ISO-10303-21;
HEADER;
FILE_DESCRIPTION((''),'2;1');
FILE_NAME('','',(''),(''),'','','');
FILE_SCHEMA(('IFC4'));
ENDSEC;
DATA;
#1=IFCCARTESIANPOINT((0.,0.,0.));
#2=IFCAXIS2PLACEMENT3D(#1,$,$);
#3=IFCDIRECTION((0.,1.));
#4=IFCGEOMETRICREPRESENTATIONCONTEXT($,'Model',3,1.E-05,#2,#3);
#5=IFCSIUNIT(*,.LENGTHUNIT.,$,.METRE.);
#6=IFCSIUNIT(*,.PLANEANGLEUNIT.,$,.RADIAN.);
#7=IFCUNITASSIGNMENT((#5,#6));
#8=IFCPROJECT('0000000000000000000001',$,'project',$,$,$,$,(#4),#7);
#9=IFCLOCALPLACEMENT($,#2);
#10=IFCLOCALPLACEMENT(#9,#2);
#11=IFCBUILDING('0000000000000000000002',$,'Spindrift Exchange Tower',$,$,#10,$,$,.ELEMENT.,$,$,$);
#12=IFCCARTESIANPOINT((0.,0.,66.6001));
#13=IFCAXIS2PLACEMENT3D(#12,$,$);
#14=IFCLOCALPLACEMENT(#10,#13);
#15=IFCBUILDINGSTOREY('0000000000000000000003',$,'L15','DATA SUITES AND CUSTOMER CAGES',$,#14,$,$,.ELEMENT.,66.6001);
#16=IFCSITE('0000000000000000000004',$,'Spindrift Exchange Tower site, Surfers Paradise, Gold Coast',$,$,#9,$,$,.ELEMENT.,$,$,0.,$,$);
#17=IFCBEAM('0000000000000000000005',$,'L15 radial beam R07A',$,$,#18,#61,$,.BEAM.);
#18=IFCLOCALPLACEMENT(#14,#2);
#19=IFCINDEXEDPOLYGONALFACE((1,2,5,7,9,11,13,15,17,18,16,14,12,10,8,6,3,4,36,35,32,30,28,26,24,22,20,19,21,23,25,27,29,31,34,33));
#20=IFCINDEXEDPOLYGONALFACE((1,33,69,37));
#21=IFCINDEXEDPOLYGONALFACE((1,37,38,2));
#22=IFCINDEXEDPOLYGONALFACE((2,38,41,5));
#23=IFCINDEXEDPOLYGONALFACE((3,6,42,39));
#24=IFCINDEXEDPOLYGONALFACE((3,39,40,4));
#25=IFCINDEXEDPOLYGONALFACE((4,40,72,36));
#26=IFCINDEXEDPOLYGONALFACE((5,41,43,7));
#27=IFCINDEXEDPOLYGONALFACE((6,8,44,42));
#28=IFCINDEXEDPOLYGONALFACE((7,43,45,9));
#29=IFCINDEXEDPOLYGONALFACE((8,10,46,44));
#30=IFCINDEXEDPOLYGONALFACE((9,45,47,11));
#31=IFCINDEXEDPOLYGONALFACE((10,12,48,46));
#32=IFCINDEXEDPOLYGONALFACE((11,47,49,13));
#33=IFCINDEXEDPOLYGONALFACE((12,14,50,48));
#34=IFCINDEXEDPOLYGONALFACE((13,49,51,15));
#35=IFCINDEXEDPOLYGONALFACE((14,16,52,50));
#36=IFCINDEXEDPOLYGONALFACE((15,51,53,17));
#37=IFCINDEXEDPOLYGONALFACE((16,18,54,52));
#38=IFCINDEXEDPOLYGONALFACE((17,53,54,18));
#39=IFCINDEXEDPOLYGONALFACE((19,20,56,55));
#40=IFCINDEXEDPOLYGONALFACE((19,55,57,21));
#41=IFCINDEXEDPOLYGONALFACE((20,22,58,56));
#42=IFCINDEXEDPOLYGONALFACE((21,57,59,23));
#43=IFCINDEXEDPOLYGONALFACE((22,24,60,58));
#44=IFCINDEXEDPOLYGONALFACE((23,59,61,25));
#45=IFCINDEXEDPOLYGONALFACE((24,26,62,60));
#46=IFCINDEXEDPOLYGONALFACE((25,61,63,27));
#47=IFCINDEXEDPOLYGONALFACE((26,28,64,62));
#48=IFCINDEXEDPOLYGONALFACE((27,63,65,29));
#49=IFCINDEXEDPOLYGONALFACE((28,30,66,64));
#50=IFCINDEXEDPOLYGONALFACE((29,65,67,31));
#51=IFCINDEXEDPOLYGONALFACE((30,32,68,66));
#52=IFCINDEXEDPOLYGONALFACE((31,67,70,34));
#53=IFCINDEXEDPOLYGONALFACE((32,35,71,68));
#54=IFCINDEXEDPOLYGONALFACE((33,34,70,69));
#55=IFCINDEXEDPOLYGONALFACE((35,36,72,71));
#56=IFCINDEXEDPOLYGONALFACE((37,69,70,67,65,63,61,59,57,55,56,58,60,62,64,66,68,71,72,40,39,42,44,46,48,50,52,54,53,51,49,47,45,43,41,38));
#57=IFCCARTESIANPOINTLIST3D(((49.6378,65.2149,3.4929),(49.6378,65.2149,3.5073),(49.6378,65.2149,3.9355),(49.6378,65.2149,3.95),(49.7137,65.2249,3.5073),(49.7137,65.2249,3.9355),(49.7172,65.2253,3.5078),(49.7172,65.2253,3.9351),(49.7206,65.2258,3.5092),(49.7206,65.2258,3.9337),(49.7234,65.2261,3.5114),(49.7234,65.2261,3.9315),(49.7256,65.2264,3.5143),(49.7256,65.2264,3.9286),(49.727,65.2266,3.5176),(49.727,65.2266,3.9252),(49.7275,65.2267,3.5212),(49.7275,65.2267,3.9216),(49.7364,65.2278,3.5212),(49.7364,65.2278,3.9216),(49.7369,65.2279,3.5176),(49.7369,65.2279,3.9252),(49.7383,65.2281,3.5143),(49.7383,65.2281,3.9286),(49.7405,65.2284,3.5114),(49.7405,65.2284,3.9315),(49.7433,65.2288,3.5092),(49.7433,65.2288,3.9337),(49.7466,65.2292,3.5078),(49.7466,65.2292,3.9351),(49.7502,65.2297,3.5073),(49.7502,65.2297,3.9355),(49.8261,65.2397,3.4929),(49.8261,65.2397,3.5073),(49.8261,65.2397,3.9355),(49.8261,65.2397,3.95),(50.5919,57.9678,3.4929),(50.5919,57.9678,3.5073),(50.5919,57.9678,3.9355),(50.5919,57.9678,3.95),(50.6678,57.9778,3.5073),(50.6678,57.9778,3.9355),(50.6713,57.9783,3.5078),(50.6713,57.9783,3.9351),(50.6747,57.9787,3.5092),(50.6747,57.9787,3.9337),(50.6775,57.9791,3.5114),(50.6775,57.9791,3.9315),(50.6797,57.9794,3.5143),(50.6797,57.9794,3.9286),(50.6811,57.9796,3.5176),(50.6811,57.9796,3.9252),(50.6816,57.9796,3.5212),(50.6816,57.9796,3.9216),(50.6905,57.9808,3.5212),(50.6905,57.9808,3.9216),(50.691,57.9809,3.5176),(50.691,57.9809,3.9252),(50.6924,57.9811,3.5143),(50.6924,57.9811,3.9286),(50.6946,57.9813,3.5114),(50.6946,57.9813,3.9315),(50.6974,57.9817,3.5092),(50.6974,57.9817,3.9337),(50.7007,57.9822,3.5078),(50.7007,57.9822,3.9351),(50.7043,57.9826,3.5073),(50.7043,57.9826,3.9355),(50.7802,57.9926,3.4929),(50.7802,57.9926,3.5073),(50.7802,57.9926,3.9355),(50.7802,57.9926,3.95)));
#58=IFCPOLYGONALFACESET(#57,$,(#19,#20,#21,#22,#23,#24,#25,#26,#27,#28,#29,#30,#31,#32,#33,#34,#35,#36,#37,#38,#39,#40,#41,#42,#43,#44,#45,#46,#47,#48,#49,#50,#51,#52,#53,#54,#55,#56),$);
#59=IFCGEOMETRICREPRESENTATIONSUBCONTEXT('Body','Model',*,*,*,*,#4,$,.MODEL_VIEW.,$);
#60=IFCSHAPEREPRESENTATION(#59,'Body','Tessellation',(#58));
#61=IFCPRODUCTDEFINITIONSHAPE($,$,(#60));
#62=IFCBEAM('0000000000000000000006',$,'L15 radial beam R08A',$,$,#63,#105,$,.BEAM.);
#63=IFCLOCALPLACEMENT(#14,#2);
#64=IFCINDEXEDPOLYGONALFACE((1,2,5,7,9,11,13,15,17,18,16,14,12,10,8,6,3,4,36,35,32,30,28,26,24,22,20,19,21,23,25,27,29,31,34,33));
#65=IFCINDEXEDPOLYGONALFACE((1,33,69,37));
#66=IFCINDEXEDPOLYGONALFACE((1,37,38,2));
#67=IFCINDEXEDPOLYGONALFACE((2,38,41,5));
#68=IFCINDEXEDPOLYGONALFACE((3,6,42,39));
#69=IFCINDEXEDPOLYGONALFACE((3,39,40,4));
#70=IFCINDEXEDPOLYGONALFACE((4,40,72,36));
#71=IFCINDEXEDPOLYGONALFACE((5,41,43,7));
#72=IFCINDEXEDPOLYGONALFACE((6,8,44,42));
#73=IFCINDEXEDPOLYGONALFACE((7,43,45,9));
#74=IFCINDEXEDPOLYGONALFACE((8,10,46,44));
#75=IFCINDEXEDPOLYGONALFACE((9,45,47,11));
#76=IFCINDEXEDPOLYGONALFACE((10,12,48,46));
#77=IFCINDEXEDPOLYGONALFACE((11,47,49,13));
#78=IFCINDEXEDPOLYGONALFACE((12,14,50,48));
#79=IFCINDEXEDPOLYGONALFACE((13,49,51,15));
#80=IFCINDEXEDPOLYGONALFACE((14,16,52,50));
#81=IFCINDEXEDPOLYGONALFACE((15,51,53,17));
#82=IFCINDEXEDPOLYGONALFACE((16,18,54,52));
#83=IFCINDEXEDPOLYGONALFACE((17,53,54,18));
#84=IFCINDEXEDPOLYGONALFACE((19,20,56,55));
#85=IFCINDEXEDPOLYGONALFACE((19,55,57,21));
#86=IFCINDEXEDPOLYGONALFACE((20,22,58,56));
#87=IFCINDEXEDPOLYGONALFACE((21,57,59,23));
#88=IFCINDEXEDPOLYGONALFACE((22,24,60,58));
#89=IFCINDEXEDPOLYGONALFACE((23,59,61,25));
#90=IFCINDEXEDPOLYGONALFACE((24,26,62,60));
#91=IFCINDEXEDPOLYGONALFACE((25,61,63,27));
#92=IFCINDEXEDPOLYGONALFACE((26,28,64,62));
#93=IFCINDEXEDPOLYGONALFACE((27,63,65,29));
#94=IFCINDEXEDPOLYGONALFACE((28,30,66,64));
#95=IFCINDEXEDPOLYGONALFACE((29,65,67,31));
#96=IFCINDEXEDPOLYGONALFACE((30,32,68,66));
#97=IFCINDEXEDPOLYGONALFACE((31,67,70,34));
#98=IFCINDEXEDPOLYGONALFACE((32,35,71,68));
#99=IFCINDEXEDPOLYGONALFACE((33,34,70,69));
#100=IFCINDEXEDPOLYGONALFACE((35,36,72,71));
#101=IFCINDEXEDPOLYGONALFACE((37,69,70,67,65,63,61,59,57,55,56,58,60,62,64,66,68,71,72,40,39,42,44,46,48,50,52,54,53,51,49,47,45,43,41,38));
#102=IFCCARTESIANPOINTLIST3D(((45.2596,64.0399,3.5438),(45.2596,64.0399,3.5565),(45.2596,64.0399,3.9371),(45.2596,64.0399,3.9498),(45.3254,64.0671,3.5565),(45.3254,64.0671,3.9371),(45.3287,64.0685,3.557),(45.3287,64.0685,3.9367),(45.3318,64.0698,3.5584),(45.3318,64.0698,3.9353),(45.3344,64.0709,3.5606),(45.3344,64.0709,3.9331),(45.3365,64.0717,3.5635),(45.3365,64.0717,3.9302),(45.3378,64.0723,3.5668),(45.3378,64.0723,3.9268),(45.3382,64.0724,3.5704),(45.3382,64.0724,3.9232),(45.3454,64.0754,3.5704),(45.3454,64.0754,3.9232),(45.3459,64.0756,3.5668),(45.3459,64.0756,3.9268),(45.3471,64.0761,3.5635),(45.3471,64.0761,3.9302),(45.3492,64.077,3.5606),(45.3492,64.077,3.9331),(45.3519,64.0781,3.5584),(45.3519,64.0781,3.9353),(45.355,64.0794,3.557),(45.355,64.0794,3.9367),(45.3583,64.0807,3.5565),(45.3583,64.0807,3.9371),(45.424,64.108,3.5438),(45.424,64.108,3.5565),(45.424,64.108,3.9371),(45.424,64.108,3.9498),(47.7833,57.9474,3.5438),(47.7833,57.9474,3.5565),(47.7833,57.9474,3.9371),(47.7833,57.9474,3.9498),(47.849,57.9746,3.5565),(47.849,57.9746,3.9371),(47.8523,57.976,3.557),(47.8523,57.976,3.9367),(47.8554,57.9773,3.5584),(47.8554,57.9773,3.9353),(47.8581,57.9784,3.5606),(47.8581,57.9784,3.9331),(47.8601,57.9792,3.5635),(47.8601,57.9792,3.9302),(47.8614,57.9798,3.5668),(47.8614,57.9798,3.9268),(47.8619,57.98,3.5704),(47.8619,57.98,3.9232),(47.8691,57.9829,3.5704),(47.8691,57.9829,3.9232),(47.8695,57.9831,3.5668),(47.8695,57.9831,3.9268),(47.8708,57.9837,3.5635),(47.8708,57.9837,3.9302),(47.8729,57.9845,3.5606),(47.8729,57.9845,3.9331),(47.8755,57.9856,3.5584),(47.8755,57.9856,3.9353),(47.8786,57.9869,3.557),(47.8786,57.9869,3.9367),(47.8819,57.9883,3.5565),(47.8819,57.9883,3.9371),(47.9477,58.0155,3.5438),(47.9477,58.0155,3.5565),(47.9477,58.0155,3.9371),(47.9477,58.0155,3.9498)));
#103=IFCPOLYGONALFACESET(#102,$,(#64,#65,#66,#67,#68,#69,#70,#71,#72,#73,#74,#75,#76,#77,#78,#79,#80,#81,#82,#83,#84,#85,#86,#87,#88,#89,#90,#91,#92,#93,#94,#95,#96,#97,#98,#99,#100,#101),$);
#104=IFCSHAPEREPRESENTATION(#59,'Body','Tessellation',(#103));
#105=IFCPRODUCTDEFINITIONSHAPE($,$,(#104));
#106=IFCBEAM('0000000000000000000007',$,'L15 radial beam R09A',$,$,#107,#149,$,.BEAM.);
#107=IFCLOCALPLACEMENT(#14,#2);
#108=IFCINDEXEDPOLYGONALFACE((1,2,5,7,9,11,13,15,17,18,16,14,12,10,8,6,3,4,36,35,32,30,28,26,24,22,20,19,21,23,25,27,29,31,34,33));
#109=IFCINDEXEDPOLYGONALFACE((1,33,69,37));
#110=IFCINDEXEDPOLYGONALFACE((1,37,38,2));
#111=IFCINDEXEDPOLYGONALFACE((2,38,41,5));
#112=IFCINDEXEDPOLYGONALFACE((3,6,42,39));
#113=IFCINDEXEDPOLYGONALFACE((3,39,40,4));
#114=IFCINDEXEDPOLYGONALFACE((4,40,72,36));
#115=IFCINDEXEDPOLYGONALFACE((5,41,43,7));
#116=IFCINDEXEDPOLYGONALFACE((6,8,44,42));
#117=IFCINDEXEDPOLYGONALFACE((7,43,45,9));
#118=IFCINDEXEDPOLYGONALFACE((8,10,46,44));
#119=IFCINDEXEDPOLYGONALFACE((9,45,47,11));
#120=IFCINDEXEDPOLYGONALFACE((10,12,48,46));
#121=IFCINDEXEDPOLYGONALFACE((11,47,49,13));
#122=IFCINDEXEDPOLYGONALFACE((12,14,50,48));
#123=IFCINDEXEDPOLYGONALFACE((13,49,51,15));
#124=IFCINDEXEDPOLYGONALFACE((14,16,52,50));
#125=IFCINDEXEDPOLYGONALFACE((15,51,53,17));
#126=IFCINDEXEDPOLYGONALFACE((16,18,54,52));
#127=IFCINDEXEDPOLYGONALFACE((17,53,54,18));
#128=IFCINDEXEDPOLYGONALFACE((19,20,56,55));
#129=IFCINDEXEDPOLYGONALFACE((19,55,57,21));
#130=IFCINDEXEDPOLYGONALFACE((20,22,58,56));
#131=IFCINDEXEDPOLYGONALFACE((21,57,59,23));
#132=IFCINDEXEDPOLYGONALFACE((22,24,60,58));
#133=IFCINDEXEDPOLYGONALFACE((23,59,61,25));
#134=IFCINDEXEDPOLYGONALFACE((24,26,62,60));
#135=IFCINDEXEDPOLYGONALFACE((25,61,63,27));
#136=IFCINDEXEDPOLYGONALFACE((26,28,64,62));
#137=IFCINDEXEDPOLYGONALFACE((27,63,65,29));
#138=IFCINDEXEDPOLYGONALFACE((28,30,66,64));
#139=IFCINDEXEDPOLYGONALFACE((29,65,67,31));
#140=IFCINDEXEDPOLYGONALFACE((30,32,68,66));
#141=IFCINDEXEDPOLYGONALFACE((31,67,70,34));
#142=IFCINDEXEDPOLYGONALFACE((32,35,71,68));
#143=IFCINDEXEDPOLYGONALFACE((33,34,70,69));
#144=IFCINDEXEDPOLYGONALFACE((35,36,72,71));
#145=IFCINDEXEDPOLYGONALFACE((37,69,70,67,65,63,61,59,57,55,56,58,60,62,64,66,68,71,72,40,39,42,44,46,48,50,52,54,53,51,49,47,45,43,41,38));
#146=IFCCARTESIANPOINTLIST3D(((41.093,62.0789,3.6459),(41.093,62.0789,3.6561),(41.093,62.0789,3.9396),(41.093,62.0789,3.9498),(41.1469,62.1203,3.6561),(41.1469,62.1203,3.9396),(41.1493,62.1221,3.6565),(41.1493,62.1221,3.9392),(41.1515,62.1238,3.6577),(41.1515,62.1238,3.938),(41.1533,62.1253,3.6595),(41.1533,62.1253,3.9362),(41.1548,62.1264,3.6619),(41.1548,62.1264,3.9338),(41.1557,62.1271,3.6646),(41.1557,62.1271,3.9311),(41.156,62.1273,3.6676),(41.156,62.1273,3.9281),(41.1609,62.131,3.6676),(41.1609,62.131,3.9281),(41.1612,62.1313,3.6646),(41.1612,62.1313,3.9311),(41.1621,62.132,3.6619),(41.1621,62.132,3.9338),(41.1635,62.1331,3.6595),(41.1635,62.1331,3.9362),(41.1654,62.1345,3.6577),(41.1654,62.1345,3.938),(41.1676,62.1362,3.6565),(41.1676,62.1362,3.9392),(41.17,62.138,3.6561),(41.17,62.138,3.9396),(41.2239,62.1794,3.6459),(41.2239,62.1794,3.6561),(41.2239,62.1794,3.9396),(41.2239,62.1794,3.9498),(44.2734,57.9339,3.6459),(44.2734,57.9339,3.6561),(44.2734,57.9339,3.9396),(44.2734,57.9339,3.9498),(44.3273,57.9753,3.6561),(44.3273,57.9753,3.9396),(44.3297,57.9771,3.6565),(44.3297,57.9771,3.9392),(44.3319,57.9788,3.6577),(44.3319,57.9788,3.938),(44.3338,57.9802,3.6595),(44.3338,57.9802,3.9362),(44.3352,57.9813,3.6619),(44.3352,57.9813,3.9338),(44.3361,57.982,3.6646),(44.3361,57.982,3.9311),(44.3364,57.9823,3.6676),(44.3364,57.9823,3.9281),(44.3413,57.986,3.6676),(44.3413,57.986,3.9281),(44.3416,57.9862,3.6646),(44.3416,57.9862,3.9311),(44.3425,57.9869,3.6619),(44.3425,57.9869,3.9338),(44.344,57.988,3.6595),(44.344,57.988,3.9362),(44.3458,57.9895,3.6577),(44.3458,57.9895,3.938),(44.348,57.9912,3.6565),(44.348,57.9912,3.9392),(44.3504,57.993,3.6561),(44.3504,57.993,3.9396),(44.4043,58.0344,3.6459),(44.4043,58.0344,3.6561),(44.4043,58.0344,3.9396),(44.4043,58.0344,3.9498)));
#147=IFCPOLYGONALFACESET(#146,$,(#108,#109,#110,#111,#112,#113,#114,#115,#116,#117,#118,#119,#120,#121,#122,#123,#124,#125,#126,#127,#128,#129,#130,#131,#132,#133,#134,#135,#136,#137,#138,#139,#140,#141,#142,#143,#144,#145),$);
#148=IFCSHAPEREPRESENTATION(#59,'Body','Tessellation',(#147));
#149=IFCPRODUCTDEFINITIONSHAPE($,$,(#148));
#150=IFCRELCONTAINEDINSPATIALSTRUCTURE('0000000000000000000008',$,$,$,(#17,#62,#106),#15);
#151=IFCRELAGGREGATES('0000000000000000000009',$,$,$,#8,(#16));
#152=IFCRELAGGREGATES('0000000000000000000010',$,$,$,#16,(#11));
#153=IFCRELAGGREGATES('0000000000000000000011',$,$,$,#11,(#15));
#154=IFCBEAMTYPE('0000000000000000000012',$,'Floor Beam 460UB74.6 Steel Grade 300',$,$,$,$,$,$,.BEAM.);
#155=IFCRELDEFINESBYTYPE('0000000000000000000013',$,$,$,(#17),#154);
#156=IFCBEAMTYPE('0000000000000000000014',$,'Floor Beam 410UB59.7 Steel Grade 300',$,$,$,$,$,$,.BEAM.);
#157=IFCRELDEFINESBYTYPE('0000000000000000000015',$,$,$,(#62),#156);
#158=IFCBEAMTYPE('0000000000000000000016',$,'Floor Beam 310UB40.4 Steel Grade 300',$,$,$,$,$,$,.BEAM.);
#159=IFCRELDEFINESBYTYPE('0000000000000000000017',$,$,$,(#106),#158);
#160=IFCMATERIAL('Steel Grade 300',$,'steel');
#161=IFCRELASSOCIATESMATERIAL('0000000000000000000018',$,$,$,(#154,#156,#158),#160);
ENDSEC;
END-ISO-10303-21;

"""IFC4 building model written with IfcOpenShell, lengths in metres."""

from ifc_helpers import new_model, si_unit, direction, frame, origin, origin_2d, place, context, subcontext, project, spatial, i_section, extrude, source, transform, mapped, material, material_profile, profile_set, type_object, element, save


model = new_model("IFC4")

# Units and contexts
model_context = context("Model", 3, precision=1e-05, world=origin(), true_north=direction((0.0, 1.0)))
body_context = subcontext(model_context, "Body", "Model", "MODEL_VIEW")
ifc_project = project(units=[si_unit("LENGTHUNIT", "METRE"), si_unit("PLANEANGLEUNIT", "RADIAN")], contexts=[model_context])

# Site, building, storey
site_placement = place(None, origin())
site = spatial("IfcSite", under=ifc_project, at=site_placement, Name="Spindrift Exchange Tower site, Surfers Paradise, Gold Coast", CompositionType="ELEMENT", RefElevation=0.0)
building_placement = place(site_placement, origin())
building = spatial("IfcBuilding", under=site, at=building_placement, Name="Spindrift Exchange Tower", CompositionType="ELEMENT")
storey_placement = place(building_placement, frame((0.0, 0.0, 66.6001)))
storey = spatial("IfcBuildingStorey", under=building, at=storey_placement, Name="L15", Description="DATA SUITES AND CUSTOMER CAGES", CompositionType="ELEMENT", Elevation=66.6001)

# Beams
ifc_material_1 = material(Name="Steel Grade 300", Category="steel")
ifc_material_profile_1 = material_profile(ifc_material_1, i_section(OverallWidth=0.1899, OverallDepth=0.457, WebThickness=0.009, FlangeThickness=0.0144, FilletRadius=0.0139, at=origin_2d()), Name="460UB74.6")
ifc_profile_set_1 = profile_set([ifc_material_profile_1], Name="Steel Grade 300")
beam_type_1 = type_object("IfcBeamType", Name="Floor Beam 460UB74.6 Steel Grade 300", PredefinedType="BEAM", material=ifc_profile_set_1)
shared_shape_1 = source(origin(), body_context, "Body", "SweptSolid", [
    extrude(i_section(OverallWidth=0.1899, OverallDepth=0.457, WebThickness=0.009, FlangeThickness=0.0144, FilletRadius=0.0139, at=origin_2d()), origin(), (0.0, 0.0, 1.0), 7.3096),
])
beam_1_placement = place(storey_placement, frame((50.686, 57.9802, 3.7214), z_axis=(-0.130527, 0.991445, 0.0), x_axis=(-0.991445, -0.130527, 0.0)))
element("IfcBeam", 1, at=beam_1_placement, inside=storey, type_object=beam_type_1, Name="L15 radial beam R07A", PredefinedType="BEAM", context=body_context, shape_type="MappedRepresentation", body=[
    mapped(shared_shape_1, transform((0.0, 0.0, 0.0), scale=1.0)),
])
ifc_material_profile_2 = material_profile(ifc_material_1, i_section(OverallWidth=0.178, OverallDepth=0.406, WebThickness=0.0078, FlangeThickness=0.0127, FilletRadius=0.0139, at=origin_2d()), Name="410UB59.7")
ifc_profile_set_2 = profile_set([ifc_material_profile_2], Name="Steel Grade 300")
beam_type_2 = type_object("IfcBeamType", Name="Floor Beam 410UB59.7 Steel Grade 300", PredefinedType="BEAM", material=ifc_profile_set_2)
shared_shape_2 = source(origin(), body_context, "Body", "SweptSolid", [
    extrude(i_section(OverallWidth=0.178, OverallDepth=0.406, WebThickness=0.0078, FlangeThickness=0.0127, FilletRadius=0.0139, at=origin_2d()), origin(), (0.0, 0.0, 1.0), 6.5945),
])
beam_2_placement = place(storey_placement, frame((47.8655, 57.9814, 3.7468), z_axis=(-0.382693, 0.923876, 0.0), x_axis=(-0.923876, -0.382693, 0.0)))
element("IfcBeam", 2, at=beam_2_placement, inside=storey, type_object=beam_type_2, Name="L15 radial beam R08A", PredefinedType="BEAM", context=body_context, shape_type="MappedRepresentation", body=[
    mapped(shared_shape_2, transform((0.0, 0.0, 0.0), scale=1.0)),
])
ifc_material_profile_3 = material_profile(ifc_material_1, i_section(OverallWidth=0.165, OverallDepth=0.304, WebThickness=0.0061, FlangeThickness=0.0103, FilletRadius=0.0115, at=origin_2d()), Name="310UB40.4")
ifc_profile_set_3 = profile_set([ifc_material_profile_3], Name="Steel Grade 300")
beam_type_3 = type_object("IfcBeamType", Name="Floor Beam 310UB40.4 Steel Grade 300", PredefinedType="BEAM", material=ifc_profile_set_3)
shared_shape_3 = source(origin(), body_context, "Body", "SweptSolid", [
    extrude(i_section(OverallWidth=0.165, OverallDepth=0.304, WebThickness=0.0061, FlangeThickness=0.0103, FilletRadius=0.0115, at=origin_2d()), origin(), (0.0, 0.0, 1.0), 5.2246),
])
beam_3_placement = place(storey_placement, frame((44.3389, 57.9841, 3.7979), z_axis=(-0.608741, 0.793369, 0.0), x_axis=(-0.793369, -0.608741, 0.0)))
element("IfcBeam", 3, at=beam_3_placement, inside=storey, type_object=beam_type_3, Name="L15 radial beam R09A", PredefinedType="BEAM", context=body_context, shape_type="MappedRepresentation", body=[
    mapped(shared_shape_3, transform((0.0, 0.0, 0.0), scale=1.0)),
])

save(model, "model.ifc")
